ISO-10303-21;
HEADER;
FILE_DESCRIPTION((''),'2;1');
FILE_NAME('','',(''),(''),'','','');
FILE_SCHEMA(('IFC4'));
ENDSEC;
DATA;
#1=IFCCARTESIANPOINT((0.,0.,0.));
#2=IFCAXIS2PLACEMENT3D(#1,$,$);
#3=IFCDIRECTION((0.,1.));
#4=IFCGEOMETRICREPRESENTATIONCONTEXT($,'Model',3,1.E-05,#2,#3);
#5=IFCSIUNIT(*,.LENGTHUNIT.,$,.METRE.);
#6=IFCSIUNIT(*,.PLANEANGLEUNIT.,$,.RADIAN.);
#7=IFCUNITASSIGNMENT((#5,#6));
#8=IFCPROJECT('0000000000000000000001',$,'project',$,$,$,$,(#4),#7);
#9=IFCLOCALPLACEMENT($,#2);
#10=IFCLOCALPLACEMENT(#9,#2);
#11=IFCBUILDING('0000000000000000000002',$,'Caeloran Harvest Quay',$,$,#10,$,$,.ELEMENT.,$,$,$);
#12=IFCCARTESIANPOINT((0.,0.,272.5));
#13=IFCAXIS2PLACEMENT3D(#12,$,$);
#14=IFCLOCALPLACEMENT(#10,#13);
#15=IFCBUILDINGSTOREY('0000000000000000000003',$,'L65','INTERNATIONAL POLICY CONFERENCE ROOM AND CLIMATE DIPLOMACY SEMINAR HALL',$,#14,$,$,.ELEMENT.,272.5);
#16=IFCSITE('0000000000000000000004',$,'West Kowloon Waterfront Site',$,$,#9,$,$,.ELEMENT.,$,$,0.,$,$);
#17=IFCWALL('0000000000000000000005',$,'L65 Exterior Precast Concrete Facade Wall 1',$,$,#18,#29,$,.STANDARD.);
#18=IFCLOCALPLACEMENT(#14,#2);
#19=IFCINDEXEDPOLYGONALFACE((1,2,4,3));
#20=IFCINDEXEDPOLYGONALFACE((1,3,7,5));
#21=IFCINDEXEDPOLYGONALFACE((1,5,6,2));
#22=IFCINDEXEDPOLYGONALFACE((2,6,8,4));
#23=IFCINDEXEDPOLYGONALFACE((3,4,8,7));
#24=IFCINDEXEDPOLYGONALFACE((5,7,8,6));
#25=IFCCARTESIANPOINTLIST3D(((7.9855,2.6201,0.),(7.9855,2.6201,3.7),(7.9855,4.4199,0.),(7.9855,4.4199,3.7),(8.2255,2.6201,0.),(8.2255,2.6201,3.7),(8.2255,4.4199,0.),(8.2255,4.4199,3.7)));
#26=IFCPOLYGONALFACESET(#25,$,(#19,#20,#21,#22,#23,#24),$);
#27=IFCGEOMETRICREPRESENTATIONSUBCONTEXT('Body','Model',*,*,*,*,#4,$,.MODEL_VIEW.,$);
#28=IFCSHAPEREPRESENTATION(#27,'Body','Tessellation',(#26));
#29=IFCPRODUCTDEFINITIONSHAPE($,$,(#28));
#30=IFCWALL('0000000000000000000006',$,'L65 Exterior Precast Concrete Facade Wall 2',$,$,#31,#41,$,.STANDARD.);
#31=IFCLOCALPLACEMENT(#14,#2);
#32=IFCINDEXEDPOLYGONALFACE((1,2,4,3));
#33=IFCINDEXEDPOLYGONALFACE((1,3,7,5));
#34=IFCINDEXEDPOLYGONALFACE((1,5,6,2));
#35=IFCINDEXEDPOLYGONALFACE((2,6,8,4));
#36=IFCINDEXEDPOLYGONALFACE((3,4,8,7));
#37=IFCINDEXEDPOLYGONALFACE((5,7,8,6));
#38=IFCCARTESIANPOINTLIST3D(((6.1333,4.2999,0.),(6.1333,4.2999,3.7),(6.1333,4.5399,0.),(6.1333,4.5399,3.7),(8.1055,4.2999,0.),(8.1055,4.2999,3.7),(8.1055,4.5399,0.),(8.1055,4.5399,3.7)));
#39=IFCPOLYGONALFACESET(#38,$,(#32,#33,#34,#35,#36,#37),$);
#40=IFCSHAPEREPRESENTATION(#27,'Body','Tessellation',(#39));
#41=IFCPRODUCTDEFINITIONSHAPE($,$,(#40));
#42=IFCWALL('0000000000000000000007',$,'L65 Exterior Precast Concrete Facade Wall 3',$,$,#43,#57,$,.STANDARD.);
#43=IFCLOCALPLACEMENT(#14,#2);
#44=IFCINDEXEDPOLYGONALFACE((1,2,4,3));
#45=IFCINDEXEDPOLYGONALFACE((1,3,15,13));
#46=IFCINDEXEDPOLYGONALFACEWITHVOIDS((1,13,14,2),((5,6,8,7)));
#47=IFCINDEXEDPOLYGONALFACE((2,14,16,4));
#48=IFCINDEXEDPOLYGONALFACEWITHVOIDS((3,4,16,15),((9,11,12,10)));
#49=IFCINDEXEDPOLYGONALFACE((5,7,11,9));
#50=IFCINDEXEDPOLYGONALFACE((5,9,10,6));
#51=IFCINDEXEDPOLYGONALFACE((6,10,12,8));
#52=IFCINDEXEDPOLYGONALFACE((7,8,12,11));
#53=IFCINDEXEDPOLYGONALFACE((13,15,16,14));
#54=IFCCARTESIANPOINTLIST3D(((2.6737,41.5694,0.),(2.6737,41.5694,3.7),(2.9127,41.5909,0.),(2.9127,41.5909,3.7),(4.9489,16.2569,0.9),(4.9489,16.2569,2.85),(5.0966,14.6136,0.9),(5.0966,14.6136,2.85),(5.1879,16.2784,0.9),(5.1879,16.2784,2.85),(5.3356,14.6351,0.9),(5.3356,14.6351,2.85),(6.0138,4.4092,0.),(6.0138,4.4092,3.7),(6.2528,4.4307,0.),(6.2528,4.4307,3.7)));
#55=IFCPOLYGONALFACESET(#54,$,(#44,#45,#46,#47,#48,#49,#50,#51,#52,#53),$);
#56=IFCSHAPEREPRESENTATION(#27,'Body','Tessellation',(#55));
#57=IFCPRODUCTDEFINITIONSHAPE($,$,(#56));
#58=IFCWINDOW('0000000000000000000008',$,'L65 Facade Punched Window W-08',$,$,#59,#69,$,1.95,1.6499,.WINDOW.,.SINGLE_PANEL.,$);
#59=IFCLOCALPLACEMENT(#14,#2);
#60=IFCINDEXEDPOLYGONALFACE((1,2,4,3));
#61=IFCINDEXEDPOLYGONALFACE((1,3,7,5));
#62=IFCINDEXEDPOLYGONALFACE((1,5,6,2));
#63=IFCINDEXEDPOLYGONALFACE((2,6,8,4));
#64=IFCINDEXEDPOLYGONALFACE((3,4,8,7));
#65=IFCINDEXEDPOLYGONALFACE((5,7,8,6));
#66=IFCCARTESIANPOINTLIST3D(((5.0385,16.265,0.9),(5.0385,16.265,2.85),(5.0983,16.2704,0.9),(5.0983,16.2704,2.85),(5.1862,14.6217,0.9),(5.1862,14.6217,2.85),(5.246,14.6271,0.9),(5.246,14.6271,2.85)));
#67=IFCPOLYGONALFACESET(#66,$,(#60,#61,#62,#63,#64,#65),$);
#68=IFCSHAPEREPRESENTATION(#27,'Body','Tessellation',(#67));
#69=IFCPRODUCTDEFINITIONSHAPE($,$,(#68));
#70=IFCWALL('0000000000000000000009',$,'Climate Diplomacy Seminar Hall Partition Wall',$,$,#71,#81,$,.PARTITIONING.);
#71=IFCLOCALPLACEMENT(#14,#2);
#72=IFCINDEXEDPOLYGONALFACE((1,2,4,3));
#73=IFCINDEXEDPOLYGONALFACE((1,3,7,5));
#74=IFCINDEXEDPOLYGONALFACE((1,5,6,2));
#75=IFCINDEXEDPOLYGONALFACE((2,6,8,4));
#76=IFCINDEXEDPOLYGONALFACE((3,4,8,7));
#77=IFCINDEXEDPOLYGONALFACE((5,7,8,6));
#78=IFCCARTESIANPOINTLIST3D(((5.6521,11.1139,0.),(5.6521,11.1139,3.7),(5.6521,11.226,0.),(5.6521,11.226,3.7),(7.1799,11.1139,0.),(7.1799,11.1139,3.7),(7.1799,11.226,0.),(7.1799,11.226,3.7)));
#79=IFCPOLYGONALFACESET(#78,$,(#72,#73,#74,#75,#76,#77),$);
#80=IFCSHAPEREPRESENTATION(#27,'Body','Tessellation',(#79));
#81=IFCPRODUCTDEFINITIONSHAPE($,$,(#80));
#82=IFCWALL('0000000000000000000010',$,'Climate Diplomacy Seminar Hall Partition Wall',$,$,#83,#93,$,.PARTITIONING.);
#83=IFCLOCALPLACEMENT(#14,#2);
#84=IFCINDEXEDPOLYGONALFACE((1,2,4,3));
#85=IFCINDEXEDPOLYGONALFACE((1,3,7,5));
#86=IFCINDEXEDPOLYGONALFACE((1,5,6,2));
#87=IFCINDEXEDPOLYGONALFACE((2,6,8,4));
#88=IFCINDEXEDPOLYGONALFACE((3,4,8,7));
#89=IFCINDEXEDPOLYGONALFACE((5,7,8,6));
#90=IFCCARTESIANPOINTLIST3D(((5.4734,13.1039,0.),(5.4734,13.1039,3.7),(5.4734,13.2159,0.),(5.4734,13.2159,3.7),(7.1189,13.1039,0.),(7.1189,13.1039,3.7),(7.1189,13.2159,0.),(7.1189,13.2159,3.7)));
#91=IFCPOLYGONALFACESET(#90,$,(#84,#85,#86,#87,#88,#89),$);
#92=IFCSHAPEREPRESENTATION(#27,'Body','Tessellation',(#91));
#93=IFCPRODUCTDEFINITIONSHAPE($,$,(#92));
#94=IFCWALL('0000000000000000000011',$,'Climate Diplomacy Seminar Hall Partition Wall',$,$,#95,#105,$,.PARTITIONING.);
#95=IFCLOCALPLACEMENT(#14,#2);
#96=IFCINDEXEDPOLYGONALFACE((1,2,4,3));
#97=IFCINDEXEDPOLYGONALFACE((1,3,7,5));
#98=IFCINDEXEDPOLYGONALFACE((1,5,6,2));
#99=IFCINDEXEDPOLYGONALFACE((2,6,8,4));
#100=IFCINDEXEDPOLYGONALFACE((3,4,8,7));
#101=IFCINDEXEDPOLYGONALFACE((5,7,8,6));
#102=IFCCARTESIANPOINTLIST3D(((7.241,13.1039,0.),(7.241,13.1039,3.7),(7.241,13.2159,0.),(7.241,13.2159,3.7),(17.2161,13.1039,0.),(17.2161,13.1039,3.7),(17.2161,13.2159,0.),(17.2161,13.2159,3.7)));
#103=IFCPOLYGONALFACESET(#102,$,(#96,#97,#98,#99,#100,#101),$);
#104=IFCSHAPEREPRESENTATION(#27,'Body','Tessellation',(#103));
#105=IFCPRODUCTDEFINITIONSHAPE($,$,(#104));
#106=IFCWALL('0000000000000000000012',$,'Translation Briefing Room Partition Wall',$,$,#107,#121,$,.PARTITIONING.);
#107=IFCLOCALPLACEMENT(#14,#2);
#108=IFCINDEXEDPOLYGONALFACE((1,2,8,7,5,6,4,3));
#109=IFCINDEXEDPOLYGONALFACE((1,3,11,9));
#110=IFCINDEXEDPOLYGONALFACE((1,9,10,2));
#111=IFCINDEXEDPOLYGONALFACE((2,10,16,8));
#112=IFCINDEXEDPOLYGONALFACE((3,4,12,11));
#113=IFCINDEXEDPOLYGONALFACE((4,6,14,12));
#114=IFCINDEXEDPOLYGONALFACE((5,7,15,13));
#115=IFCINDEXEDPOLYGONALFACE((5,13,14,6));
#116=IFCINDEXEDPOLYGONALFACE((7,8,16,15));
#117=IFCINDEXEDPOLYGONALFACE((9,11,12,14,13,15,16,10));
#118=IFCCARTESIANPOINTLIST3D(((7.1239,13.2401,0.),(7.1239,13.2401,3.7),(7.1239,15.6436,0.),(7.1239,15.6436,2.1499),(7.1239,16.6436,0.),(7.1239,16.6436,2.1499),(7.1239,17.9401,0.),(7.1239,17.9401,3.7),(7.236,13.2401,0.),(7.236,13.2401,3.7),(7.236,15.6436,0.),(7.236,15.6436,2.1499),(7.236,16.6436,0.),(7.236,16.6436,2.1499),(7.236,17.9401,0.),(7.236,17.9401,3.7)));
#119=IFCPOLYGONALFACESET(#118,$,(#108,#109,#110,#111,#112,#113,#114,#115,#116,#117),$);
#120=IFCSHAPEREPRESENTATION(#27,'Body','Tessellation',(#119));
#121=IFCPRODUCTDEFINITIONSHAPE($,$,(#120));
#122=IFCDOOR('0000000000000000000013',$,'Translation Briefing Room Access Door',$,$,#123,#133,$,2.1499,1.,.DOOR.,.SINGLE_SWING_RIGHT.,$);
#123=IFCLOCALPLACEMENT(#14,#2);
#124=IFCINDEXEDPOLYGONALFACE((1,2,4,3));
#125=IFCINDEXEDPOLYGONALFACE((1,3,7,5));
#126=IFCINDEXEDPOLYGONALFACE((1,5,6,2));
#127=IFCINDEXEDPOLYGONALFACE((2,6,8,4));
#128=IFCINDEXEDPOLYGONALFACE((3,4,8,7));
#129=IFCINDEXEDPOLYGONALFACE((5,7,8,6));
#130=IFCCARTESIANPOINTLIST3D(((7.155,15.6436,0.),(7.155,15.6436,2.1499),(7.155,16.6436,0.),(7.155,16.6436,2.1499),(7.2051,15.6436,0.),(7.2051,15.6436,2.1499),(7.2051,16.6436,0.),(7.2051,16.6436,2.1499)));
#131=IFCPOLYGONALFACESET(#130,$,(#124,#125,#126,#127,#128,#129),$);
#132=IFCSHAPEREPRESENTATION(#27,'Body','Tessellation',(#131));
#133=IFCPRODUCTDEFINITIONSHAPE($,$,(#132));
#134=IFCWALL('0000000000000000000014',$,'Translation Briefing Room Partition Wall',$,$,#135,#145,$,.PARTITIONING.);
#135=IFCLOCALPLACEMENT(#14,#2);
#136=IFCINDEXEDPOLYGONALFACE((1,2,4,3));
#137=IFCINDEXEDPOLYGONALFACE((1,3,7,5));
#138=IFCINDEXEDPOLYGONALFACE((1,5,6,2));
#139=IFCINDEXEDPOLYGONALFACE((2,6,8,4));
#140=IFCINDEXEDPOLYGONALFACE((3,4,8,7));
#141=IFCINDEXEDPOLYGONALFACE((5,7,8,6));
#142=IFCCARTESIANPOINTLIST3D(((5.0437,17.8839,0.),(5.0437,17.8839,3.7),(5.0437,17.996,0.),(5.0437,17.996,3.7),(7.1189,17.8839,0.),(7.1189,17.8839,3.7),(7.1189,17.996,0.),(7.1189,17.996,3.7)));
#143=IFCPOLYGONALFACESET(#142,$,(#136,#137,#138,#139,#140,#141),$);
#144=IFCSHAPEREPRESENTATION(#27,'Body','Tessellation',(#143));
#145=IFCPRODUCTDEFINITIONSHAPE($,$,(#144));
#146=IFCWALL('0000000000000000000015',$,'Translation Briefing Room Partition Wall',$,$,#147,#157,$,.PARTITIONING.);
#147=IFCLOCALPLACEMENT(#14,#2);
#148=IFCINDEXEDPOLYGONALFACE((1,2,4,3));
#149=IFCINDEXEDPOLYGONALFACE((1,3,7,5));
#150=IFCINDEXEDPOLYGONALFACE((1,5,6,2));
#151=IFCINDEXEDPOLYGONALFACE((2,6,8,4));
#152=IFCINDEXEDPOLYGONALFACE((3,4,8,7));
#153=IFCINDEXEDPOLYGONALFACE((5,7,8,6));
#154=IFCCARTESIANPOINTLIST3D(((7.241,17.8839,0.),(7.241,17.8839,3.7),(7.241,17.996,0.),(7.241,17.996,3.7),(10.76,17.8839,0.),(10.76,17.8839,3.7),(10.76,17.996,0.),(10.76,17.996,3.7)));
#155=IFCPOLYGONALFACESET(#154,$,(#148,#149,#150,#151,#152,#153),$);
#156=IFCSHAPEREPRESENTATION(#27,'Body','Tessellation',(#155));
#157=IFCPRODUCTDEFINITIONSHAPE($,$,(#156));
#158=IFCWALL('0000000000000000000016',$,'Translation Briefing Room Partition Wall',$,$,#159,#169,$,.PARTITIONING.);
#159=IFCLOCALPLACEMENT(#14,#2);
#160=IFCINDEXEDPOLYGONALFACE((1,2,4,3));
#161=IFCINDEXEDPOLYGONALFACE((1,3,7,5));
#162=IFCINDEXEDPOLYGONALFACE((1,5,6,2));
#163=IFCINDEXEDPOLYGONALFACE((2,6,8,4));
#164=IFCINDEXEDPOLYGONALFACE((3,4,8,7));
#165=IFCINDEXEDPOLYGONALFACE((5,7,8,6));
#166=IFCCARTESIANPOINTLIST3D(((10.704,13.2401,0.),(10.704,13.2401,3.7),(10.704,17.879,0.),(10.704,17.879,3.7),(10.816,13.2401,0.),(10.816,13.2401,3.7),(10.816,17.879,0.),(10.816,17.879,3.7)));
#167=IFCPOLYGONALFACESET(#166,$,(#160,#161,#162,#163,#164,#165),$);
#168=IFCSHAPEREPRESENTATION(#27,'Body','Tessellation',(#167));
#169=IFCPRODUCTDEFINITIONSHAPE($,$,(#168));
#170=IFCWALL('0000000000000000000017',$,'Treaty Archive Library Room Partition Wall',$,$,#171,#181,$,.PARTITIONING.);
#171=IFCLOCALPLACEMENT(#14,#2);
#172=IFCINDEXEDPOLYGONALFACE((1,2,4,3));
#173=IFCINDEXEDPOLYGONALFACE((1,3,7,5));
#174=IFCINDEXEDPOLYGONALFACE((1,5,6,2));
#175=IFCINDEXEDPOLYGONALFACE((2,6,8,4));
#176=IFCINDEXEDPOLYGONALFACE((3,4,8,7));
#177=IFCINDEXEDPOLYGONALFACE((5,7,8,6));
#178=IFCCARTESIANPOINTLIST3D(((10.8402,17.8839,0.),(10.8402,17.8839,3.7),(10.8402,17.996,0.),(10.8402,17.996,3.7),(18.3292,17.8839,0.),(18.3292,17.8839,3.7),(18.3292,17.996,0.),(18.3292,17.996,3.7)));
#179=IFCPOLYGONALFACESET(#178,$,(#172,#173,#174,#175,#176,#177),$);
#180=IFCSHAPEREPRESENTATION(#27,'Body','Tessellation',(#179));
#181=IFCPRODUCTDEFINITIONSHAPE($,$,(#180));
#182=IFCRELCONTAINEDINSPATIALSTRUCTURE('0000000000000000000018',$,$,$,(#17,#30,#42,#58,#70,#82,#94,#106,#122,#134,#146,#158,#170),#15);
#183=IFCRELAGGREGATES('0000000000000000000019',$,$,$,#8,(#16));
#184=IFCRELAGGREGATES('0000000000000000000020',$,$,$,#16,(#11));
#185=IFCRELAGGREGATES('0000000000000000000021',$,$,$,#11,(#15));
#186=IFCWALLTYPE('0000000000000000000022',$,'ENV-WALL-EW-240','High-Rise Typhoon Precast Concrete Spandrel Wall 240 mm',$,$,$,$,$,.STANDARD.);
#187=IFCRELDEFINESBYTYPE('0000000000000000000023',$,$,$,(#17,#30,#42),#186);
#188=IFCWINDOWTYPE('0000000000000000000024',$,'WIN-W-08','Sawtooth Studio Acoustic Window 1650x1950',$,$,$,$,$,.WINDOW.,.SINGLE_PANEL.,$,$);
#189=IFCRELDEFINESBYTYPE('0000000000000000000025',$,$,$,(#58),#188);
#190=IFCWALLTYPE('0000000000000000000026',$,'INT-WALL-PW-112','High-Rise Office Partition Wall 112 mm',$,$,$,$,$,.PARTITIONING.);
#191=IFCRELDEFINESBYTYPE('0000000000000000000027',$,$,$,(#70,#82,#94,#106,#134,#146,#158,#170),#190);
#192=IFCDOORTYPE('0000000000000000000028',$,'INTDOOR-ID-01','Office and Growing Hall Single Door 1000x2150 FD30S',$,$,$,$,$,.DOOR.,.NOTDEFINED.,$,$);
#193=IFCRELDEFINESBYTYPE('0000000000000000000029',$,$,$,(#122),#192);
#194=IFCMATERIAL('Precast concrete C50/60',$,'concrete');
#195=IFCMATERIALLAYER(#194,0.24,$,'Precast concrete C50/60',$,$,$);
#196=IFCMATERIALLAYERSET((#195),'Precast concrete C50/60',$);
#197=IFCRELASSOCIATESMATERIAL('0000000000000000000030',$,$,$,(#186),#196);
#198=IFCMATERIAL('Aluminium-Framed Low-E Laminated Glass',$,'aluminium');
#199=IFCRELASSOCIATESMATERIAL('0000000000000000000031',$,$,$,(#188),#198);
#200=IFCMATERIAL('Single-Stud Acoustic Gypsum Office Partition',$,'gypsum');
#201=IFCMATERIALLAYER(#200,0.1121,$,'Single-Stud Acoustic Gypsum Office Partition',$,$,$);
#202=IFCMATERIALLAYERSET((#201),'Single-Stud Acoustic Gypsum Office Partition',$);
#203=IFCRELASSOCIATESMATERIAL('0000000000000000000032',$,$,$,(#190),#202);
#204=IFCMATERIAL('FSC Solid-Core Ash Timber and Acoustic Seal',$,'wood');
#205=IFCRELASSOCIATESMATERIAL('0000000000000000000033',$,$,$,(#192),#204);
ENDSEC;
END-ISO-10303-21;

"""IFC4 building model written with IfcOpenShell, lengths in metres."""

from ifc_helpers import new_model, si_unit, direction, frame, frame_2d, origin, place, context, subcontext, project, spatial, rectangle, extrude, material, layer, layer_set, type_object, element, fill, save


model = new_model("IFC4")

# Units and contexts
model_context = context("Model", 3, precision=1e-05, world=origin(), true_north=direction((0.0, 1.0)))
body_context = subcontext(model_context, "Body", "Model", "MODEL_VIEW")
ifc_project = project(units=[si_unit("LENGTHUNIT", "METRE"), si_unit("PLANEANGLEUNIT", "RADIAN")], contexts=[model_context])

# Site, building, storey
site_placement = place(None, origin())
site = spatial("IfcSite", under=ifc_project, at=site_placement, Name="West Kowloon Waterfront Site", CompositionType="ELEMENT", RefElevation=0.0)
building_placement = place(site_placement, origin())
building = spatial("IfcBuilding", under=site, at=building_placement, Name="Caeloran Harvest Quay", CompositionType="ELEMENT")
storey_placement = place(building_placement, frame((0.0, 0.0, 272.5)))
storey = spatial("IfcBuildingStorey", under=building, at=storey_placement, Name="L65", Description="INTERNATIONAL POLICY CONFERENCE ROOM AND CLIMATE DIPLOMACY SEMINAR HALL", CompositionType="ELEMENT", Elevation=272.5)

# Shared definitions
ifc_material_1 = material(Name="Precast concrete C50/60", Category="concrete")

# Walls
ifc_layer_1 = layer(ifc_material_1, 0.24, Name="Precast concrete C50/60")
ifc_layer_set_1 = layer_set([ifc_layer_1], Name="Precast concrete C50/60")
wall_type_1 = type_object("IfcWallType", Name="ENV-WALL-EW-240", Description="High-Rise Typhoon Precast Concrete Spandrel Wall 240 mm", PredefinedType="STANDARD", material=ifc_layer_set_1)
wall_1_placement = place(storey_placement, frame((8.1055, 2.6201, 0.0), z_axis=(0.0, 0.0, 1.0), x_axis=(0.0, 1.0, 0.0)))
element("IfcWall", 1, at=wall_1_placement, inside=storey, type_object=wall_type_1, Name="L65 Exterior Precast Concrete Facade Wall 1", PredefinedType="STANDARD", context=body_context, shape_type="SweptSolid", body=[
    extrude(rectangle(XDim=1.7998, YDim=0.24, at=frame_2d((0.8999, 0.0))), origin(), (0.0, 0.0, 1.0), 3.7),
])
wall_2_placement = place(storey_placement, frame((8.1055, 4.4199, 0.0), z_axis=(0.0, 0.0, 1.0), x_axis=(-1.0, 0.0, 0.0)))
element("IfcWall", 2, at=wall_2_placement, inside=storey, type_object=wall_type_1, Name="L65 Exterior Precast Concrete Facade Wall 2", PredefinedType="STANDARD", context=body_context, shape_type="SweptSolid", body=[
    extrude(rectangle(XDim=1.9722, YDim=0.24, at=frame_2d((0.9861, 0.0))), origin(), (0.0, 0.0, 1.0), 3.7),
])

# Wall, opening, window
wall_3_placement = place(storey_placement, frame((6.1333, 4.4199, 0.0), z_axis=(0.0, 0.0, 1.0), x_axis=(-0.089523, 0.995985, 0.0)))
wall_3 = element("IfcWall", 3, at=wall_3_placement, inside=storey, type_object=wall_type_1, Name="L65 Exterior Precast Concrete Facade Wall 3", PredefinedType="STANDARD", context=body_context, shape_type="SweptSolid", body=[
    extrude(rectangle(XDim=37.3101, YDim=0.24, at=frame_2d((18.655, 0.0))), origin(), (0.0, 0.0, 1.0), 3.7),
])
opening_1_placement = place(wall_3_placement, frame((10.2456, 0.0, 0.8999)))
opening_1 = element("IfcOpeningElement", 4, at=opening_1_placement, cuts=wall_3, PredefinedType="OPENING", context=body_context, shape_type="SweptSolid", body=[
    extrude(rectangle(XDim=1.6499, YDim=1.95, at=frame_2d((0.825, 0.9751))), frame((0.0, 0.1299, 0.0), z_axis=(0.0, -1.0, 0.0), x_axis=(1.0, 0.0, 0.0)), (0.0, 0.0, 1.0), 0.26),
])
ifc_material_2 = material(Name="Aluminium-Framed Low-E Laminated Glass", Category="aluminium")
window_type = type_object("IfcWindowType", Name="WIN-W-08", Description="Sawtooth Studio Acoustic Window 1650x1950", PartitioningType="SINGLE_PANEL", PredefinedType="WINDOW", material=ifc_material_2)
window_placement = place(opening_1_placement, origin())
window = element("IfcWindow", 5, at=window_placement, inside=storey, type_object=window_type, Name="L65 Facade Punched Window W-08", OverallHeight=1.95, OverallWidth=1.6499, PartitioningType="SINGLE_PANEL", PredefinedType="WINDOW", context=body_context, shape_type="SweptSolid", body=[
    extrude(rectangle(XDim=1.6499, YDim=1.95, at=frame_2d((0.825, 0.9751))), frame((0.0, 0.03, 0.0), z_axis=(0.0, -1.0, 0.0), x_axis=(1.0, 0.0, 0.0)), (0.0, 0.0, 1.0), 0.0601),
])
fill(opening_1, window)

# Wall
ifc_material_3 = material(Name="Single-Stud Acoustic Gypsum Office Partition", Category="gypsum")
ifc_layer_2 = layer(ifc_material_3, 0.1121, Name="Single-Stud Acoustic Gypsum Office Partition")
ifc_layer_set_2 = layer_set([ifc_layer_2], Name="Single-Stud Acoustic Gypsum Office Partition")
wall_type_2 = type_object("IfcWallType", Name="INT-WALL-PW-112", Description="High-Rise Office Partition Wall 112 mm", PredefinedType="PARTITIONING", material=ifc_layer_set_2)
wall_4_placement = place(storey_placement, frame((5.6521, 11.1699, 0.0), z_axis=(0.0, 0.0, 1.0), x_axis=(1.0, 0.0, 0.0)))
element("IfcWall", 6, at=wall_4_placement, inside=storey, type_object=wall_type_2, Name="Climate Diplomacy Seminar Hall Partition Wall", PredefinedType="PARTITIONING", context=body_context, shape_type="SweptSolid", body=[
    extrude(rectangle(XDim=1.5278, YDim=0.1121, at=frame_2d((0.7639, 0.0))), origin(), (0.0, 0.0, 1.0), 3.7),
])

# Shared definitions
ifc_material_4 = material(Name="FSC Solid-Core Ash Timber and Acoustic Seal", Category="wood")
door_type = type_object("IfcDoorType", Name="INTDOOR-ID-01", Description="Office and Growing Hall Single Door 1000x2150 FD30S", OperationType="NOTDEFINED", PredefinedType="DOOR", material=ifc_material_4)

# Walls
wall_5_placement = place(storey_placement, frame((5.4734, 13.1599, 0.0), z_axis=(0.0, 0.0, 1.0), x_axis=(1.0, 0.0, 0.0)))
element("IfcWall", 7, at=wall_5_placement, inside=storey, type_object=wall_type_2, Name="Climate Diplomacy Seminar Hall Partition Wall", PredefinedType="PARTITIONING", context=body_context, shape_type="SweptSolid", body=[
    extrude(rectangle(XDim=1.6455, YDim=0.1121, at=frame_2d((0.8228, 0.0))), origin(), (0.0, 0.0, 1.0), 3.7),
])
wall_6_placement = place(storey_placement, frame((7.241, 13.1599, 0.0), z_axis=(0.0, 0.0, 1.0), x_axis=(1.0, 0.0, 0.0)))
element("IfcWall", 8, at=wall_6_placement, inside=storey, type_object=wall_type_2, Name="Climate Diplomacy Seminar Hall Partition Wall", PredefinedType="PARTITIONING", context=body_context, shape_type="SweptSolid", body=[
    extrude(rectangle(XDim=9.9751, YDim=0.1121, at=frame_2d((4.9875, 0.0))), origin(), (0.0, 0.0, 1.0), 3.7),
])

# Wall, opening, door
wall_7_placement = place(storey_placement, frame((7.1799, 13.24, 0.0), z_axis=(0.0, 0.0, 1.0), x_axis=(0.0, 1.0, 0.0)))
wall_7 = element("IfcWall", 9, at=wall_7_placement, inside=storey, type_object=wall_type_2, Name="Translation Briefing Room Partition Wall", PredefinedType="PARTITIONING", context=body_context, shape_type="SweptSolid", body=[
    extrude(rectangle(XDim=4.7, YDim=0.1121, at=frame_2d((2.3501, 0.0))), origin(), (0.0, 0.0, 1.0), 3.7),
])
opening_2_placement = place(wall_7_placement, frame((2.4036, 0.0, 0.0)))
opening_2 = element("IfcOpeningElement", 10, at=opening_2_placement, cuts=wall_7, PredefinedType="OPENING", context=body_context, shape_type="SweptSolid", body=[
    extrude(rectangle(XDim=1.0, YDim=2.1499, at=frame_2d((0.5, 1.075))), frame((0.0, 0.0659, 0.0), z_axis=(0.0, -1.0, 0.0), x_axis=(1.0, 0.0, 0.0)), (0.0, 0.0, 1.0), 0.1321),
])
door_1_placement = place(opening_2_placement, origin())
door_1 = element("IfcDoor", 11, at=door_1_placement, inside=storey, type_object=door_type, Name="Translation Briefing Room Access Door", OperationType="SINGLE_SWING_RIGHT", OverallHeight=2.1499, OverallWidth=1.0, PredefinedType="DOOR", context=body_context, shape_type="SweptSolid", body=[
    extrude(rectangle(XDim=1.0, YDim=2.1499, at=frame_2d((0.5, 1.075))), frame((0.0, 0.0249, 0.0), z_axis=(0.0, -1.0, 0.0), x_axis=(1.0, 0.0, 0.0)), (0.0, 0.0, 1.0), 0.05),
])
fill(opening_2, door_1)

# Walls
wall_8_placement = place(storey_placement, frame((5.0437, 17.9399, 0.0), z_axis=(0.0, 0.0, 1.0), x_axis=(1.0, 0.0, 0.0)))
element("IfcWall", 12, at=wall_8_placement, inside=storey, type_object=wall_type_2, Name="Translation Briefing Room Partition Wall", PredefinedType="PARTITIONING", context=body_context, shape_type="SweptSolid", body=[
    extrude(rectangle(XDim=2.0752, YDim=0.1121, at=frame_2d((1.0376, 0.0))), origin(), (0.0, 0.0, 1.0), 3.7),
])
wall_9_placement = place(storey_placement, frame((7.241, 17.9399, 0.0), z_axis=(0.0, 0.0, 1.0), x_axis=(1.0, 0.0, 0.0)))
element("IfcWall", 13, at=wall_9_placement, inside=storey, type_object=wall_type_2, Name="Translation Briefing Room Partition Wall", PredefinedType="PARTITIONING", context=body_context, shape_type="SweptSolid", body=[
    extrude(rectangle(XDim=3.519, YDim=0.1121, at=frame_2d((1.7595, 0.0))), origin(), (0.0, 0.0, 1.0), 3.7),
])
wall_10_placement = place(storey_placement, frame((10.76, 17.8789, 0.0), z_axis=(0.0, 0.0, 1.0), x_axis=(0.0, -1.0, 0.0)))
element("IfcWall", 14, at=wall_10_placement, inside=storey, type_object=wall_type_2, Name="Translation Briefing Room Partition Wall", PredefinedType="PARTITIONING", context=body_context, shape_type="SweptSolid", body=[
    extrude(rectangle(XDim=4.6389, YDim=0.1121, at=frame_2d((2.3193, 0.0))), origin(), (0.0, 0.0, 1.0), 3.7),
])
wall_11_placement = place(storey_placement, frame((10.8401, 17.9399, 0.0), z_axis=(0.0, 0.0, 1.0), x_axis=(1.0, 0.0, 0.0)))
element("IfcWall", 15, at=wall_11_placement, inside=storey, type_object=wall_type_2, Name="Treaty Archive Library Room Partition Wall", PredefinedType="PARTITIONING", context=body_context, shape_type="SweptSolid", body=[
    extrude(rectangle(XDim=7.489, YDim=0.1121, at=frame_2d((3.7446, 0.0))), origin(), (0.0, 0.0, 1.0), 3.7),
])

save(model, "model.ifc")
